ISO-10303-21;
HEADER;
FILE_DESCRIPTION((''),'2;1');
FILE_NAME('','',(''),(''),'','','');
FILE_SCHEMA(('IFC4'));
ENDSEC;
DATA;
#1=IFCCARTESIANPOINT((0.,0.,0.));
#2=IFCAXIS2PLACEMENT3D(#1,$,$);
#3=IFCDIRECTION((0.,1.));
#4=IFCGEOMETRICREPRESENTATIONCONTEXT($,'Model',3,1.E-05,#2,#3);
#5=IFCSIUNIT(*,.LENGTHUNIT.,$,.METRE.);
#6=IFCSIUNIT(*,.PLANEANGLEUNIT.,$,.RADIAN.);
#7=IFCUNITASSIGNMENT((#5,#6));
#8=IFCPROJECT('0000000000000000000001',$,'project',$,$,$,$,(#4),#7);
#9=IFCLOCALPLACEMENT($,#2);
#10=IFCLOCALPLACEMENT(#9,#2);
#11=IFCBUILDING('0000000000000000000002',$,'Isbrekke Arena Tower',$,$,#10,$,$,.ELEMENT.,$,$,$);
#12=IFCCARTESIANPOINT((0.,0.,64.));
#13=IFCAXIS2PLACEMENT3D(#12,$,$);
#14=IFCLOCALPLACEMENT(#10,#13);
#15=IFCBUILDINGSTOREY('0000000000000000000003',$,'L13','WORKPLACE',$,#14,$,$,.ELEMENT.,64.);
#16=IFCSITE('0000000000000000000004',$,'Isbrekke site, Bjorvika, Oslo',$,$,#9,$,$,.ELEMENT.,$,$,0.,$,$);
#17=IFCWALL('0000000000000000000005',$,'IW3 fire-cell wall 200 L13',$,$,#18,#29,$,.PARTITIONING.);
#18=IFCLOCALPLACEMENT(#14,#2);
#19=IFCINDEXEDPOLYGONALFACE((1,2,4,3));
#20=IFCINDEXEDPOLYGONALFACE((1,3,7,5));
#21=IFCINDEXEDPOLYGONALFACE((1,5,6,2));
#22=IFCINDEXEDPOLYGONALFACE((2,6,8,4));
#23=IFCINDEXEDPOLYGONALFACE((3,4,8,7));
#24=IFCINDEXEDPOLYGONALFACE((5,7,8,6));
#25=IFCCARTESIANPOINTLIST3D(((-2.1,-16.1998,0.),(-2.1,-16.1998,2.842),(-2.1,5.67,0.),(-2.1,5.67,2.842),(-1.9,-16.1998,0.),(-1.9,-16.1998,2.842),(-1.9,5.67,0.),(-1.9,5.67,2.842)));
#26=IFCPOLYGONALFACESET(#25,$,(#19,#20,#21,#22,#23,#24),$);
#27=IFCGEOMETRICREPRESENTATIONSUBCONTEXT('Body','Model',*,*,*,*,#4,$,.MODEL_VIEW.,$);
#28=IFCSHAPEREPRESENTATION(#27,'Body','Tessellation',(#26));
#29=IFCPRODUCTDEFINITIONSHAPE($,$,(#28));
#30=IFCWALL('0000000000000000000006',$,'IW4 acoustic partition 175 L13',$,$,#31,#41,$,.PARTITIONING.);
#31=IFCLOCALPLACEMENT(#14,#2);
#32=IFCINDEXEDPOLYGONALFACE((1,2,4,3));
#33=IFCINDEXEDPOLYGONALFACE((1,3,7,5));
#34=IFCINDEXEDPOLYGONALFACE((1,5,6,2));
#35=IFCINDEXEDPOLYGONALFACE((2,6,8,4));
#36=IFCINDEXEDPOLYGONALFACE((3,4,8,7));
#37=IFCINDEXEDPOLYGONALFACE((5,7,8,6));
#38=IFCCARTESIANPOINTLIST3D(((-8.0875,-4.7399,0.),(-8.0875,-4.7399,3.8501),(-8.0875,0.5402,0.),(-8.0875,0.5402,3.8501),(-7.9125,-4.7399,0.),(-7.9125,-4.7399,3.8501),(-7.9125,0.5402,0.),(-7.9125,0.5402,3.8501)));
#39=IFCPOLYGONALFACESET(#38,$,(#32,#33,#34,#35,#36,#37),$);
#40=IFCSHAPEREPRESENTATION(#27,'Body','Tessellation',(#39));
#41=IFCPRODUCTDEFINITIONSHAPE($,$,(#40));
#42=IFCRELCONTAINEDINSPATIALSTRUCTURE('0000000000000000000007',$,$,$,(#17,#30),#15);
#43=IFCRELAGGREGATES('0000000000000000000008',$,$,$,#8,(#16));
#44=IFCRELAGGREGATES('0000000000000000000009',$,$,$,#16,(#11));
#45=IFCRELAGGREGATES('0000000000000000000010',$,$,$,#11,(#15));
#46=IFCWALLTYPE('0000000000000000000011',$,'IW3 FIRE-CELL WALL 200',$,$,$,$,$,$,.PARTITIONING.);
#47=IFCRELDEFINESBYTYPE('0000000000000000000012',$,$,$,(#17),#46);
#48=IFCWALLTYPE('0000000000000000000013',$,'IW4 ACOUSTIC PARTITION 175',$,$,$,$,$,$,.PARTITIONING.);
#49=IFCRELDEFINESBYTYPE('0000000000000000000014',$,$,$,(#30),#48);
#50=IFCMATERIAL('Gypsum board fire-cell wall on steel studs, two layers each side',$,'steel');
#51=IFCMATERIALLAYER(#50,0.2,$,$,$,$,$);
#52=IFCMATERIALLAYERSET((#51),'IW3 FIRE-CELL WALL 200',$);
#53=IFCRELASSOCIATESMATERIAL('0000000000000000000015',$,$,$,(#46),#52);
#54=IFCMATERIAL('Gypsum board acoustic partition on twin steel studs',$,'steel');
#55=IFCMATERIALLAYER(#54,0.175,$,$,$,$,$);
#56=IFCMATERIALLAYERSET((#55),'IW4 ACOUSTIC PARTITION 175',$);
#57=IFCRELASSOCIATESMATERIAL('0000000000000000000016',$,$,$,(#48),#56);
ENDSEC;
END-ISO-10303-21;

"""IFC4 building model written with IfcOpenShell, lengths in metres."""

from ifc_helpers import new_model, si_unit, direction, frame, frame_2d, origin, place, context, subcontext, project, spatial, rectangle, extrude, material, layer, layer_set, type_object, element, save


model = new_model("IFC4")

# Units and contexts
model_context = context("Model", 3, precision=1e-05, world=origin(), true_north=direction((0.0, 1.0)))
body_context = subcontext(model_context, "Body", "Model", "MODEL_VIEW")
ifc_project = project(units=[si_unit("LENGTHUNIT", "METRE"), si_unit("PLANEANGLEUNIT", "RADIAN")], contexts=[model_context])

# Site, building, storey
site_placement = place(None, origin())
site = spatial("IfcSite", under=ifc_project, at=site_placement, Name="Isbrekke site, Bjorvika, Oslo", CompositionType="ELEMENT", RefElevation=0.0)
building_placement = place(site_placement, origin())
building = spatial("IfcBuilding", under=site, at=building_placement, Name="Isbrekke Arena Tower", CompositionType="ELEMENT")
storey_placement = place(building_placement, frame((0.0, 0.0, 64.0)))
storey = spatial("IfcBuildingStorey", under=building, at=storey_placement, Name="L13", Description="WORKPLACE", CompositionType="ELEMENT", Elevation=64.0)

# Walls
ifc_material_1 = material(Name="Gypsum board fire-cell wall on steel studs, two layers each side", Category="steel")
ifc_layer_1 = layer(ifc_material_1, 0.2)
ifc_layer_set_1 = layer_set([ifc_layer_1], Name="IW3 FIRE-CELL WALL 200")
wall_type_1 = type_object("IfcWallType", Name="IW3 FIRE-CELL WALL 200", PredefinedType="PARTITIONING", material=ifc_layer_set_1)
wall_1_placement = place(storey_placement, frame((-2.0, -16.2, 0.0), z_axis=(0.0, 0.0, 1.0), x_axis=(0.0, 1.0, 0.0)))
element("IfcWall", 1, at=wall_1_placement, inside=storey, type_object=wall_type_1, Name="IW3 fire-cell wall 200 L13", PredefinedType="PARTITIONING", context=body_context, shape_type="SweptSolid", body=[
    extrude(rectangle(XDim=21.8699, YDim=0.2, at=frame_2d((10.9351, 0.0))), origin(), (0.0, 0.0, 1.0), 2.842),
])
ifc_material_2 = material(Name="Gypsum board acoustic partition on twin steel studs", Category="steel")
ifc_layer_2 = layer(ifc_material_2, 0.175)
ifc_layer_set_2 = layer_set([ifc_layer_2], Name="IW4 ACOUSTIC PARTITION 175")
wall_type_2 = type_object("IfcWallType", Name="IW4 ACOUSTIC PARTITION 175", PredefinedType="PARTITIONING", material=ifc_layer_set_2)
wall_2_placement = place(storey_placement, frame((-8.0, -4.74, 0.0), z_axis=(0.0, 0.0, 1.0), x_axis=(0.0, 1.0, 0.0)))
element("IfcWall", 2, at=wall_2_placement, inside=storey, type_object=wall_type_2, Name="IW4 acoustic partition 175 L13", PredefinedType="PARTITIONING", context=body_context, shape_type="SweptSolid", body=[
    extrude(rectangle(XDim=5.28, YDim=0.175, at=frame_2d((2.6401, 0.0))), origin(), (0.0, 0.0, 1.0), 3.8501),
])

save(model, "model.ifc")
